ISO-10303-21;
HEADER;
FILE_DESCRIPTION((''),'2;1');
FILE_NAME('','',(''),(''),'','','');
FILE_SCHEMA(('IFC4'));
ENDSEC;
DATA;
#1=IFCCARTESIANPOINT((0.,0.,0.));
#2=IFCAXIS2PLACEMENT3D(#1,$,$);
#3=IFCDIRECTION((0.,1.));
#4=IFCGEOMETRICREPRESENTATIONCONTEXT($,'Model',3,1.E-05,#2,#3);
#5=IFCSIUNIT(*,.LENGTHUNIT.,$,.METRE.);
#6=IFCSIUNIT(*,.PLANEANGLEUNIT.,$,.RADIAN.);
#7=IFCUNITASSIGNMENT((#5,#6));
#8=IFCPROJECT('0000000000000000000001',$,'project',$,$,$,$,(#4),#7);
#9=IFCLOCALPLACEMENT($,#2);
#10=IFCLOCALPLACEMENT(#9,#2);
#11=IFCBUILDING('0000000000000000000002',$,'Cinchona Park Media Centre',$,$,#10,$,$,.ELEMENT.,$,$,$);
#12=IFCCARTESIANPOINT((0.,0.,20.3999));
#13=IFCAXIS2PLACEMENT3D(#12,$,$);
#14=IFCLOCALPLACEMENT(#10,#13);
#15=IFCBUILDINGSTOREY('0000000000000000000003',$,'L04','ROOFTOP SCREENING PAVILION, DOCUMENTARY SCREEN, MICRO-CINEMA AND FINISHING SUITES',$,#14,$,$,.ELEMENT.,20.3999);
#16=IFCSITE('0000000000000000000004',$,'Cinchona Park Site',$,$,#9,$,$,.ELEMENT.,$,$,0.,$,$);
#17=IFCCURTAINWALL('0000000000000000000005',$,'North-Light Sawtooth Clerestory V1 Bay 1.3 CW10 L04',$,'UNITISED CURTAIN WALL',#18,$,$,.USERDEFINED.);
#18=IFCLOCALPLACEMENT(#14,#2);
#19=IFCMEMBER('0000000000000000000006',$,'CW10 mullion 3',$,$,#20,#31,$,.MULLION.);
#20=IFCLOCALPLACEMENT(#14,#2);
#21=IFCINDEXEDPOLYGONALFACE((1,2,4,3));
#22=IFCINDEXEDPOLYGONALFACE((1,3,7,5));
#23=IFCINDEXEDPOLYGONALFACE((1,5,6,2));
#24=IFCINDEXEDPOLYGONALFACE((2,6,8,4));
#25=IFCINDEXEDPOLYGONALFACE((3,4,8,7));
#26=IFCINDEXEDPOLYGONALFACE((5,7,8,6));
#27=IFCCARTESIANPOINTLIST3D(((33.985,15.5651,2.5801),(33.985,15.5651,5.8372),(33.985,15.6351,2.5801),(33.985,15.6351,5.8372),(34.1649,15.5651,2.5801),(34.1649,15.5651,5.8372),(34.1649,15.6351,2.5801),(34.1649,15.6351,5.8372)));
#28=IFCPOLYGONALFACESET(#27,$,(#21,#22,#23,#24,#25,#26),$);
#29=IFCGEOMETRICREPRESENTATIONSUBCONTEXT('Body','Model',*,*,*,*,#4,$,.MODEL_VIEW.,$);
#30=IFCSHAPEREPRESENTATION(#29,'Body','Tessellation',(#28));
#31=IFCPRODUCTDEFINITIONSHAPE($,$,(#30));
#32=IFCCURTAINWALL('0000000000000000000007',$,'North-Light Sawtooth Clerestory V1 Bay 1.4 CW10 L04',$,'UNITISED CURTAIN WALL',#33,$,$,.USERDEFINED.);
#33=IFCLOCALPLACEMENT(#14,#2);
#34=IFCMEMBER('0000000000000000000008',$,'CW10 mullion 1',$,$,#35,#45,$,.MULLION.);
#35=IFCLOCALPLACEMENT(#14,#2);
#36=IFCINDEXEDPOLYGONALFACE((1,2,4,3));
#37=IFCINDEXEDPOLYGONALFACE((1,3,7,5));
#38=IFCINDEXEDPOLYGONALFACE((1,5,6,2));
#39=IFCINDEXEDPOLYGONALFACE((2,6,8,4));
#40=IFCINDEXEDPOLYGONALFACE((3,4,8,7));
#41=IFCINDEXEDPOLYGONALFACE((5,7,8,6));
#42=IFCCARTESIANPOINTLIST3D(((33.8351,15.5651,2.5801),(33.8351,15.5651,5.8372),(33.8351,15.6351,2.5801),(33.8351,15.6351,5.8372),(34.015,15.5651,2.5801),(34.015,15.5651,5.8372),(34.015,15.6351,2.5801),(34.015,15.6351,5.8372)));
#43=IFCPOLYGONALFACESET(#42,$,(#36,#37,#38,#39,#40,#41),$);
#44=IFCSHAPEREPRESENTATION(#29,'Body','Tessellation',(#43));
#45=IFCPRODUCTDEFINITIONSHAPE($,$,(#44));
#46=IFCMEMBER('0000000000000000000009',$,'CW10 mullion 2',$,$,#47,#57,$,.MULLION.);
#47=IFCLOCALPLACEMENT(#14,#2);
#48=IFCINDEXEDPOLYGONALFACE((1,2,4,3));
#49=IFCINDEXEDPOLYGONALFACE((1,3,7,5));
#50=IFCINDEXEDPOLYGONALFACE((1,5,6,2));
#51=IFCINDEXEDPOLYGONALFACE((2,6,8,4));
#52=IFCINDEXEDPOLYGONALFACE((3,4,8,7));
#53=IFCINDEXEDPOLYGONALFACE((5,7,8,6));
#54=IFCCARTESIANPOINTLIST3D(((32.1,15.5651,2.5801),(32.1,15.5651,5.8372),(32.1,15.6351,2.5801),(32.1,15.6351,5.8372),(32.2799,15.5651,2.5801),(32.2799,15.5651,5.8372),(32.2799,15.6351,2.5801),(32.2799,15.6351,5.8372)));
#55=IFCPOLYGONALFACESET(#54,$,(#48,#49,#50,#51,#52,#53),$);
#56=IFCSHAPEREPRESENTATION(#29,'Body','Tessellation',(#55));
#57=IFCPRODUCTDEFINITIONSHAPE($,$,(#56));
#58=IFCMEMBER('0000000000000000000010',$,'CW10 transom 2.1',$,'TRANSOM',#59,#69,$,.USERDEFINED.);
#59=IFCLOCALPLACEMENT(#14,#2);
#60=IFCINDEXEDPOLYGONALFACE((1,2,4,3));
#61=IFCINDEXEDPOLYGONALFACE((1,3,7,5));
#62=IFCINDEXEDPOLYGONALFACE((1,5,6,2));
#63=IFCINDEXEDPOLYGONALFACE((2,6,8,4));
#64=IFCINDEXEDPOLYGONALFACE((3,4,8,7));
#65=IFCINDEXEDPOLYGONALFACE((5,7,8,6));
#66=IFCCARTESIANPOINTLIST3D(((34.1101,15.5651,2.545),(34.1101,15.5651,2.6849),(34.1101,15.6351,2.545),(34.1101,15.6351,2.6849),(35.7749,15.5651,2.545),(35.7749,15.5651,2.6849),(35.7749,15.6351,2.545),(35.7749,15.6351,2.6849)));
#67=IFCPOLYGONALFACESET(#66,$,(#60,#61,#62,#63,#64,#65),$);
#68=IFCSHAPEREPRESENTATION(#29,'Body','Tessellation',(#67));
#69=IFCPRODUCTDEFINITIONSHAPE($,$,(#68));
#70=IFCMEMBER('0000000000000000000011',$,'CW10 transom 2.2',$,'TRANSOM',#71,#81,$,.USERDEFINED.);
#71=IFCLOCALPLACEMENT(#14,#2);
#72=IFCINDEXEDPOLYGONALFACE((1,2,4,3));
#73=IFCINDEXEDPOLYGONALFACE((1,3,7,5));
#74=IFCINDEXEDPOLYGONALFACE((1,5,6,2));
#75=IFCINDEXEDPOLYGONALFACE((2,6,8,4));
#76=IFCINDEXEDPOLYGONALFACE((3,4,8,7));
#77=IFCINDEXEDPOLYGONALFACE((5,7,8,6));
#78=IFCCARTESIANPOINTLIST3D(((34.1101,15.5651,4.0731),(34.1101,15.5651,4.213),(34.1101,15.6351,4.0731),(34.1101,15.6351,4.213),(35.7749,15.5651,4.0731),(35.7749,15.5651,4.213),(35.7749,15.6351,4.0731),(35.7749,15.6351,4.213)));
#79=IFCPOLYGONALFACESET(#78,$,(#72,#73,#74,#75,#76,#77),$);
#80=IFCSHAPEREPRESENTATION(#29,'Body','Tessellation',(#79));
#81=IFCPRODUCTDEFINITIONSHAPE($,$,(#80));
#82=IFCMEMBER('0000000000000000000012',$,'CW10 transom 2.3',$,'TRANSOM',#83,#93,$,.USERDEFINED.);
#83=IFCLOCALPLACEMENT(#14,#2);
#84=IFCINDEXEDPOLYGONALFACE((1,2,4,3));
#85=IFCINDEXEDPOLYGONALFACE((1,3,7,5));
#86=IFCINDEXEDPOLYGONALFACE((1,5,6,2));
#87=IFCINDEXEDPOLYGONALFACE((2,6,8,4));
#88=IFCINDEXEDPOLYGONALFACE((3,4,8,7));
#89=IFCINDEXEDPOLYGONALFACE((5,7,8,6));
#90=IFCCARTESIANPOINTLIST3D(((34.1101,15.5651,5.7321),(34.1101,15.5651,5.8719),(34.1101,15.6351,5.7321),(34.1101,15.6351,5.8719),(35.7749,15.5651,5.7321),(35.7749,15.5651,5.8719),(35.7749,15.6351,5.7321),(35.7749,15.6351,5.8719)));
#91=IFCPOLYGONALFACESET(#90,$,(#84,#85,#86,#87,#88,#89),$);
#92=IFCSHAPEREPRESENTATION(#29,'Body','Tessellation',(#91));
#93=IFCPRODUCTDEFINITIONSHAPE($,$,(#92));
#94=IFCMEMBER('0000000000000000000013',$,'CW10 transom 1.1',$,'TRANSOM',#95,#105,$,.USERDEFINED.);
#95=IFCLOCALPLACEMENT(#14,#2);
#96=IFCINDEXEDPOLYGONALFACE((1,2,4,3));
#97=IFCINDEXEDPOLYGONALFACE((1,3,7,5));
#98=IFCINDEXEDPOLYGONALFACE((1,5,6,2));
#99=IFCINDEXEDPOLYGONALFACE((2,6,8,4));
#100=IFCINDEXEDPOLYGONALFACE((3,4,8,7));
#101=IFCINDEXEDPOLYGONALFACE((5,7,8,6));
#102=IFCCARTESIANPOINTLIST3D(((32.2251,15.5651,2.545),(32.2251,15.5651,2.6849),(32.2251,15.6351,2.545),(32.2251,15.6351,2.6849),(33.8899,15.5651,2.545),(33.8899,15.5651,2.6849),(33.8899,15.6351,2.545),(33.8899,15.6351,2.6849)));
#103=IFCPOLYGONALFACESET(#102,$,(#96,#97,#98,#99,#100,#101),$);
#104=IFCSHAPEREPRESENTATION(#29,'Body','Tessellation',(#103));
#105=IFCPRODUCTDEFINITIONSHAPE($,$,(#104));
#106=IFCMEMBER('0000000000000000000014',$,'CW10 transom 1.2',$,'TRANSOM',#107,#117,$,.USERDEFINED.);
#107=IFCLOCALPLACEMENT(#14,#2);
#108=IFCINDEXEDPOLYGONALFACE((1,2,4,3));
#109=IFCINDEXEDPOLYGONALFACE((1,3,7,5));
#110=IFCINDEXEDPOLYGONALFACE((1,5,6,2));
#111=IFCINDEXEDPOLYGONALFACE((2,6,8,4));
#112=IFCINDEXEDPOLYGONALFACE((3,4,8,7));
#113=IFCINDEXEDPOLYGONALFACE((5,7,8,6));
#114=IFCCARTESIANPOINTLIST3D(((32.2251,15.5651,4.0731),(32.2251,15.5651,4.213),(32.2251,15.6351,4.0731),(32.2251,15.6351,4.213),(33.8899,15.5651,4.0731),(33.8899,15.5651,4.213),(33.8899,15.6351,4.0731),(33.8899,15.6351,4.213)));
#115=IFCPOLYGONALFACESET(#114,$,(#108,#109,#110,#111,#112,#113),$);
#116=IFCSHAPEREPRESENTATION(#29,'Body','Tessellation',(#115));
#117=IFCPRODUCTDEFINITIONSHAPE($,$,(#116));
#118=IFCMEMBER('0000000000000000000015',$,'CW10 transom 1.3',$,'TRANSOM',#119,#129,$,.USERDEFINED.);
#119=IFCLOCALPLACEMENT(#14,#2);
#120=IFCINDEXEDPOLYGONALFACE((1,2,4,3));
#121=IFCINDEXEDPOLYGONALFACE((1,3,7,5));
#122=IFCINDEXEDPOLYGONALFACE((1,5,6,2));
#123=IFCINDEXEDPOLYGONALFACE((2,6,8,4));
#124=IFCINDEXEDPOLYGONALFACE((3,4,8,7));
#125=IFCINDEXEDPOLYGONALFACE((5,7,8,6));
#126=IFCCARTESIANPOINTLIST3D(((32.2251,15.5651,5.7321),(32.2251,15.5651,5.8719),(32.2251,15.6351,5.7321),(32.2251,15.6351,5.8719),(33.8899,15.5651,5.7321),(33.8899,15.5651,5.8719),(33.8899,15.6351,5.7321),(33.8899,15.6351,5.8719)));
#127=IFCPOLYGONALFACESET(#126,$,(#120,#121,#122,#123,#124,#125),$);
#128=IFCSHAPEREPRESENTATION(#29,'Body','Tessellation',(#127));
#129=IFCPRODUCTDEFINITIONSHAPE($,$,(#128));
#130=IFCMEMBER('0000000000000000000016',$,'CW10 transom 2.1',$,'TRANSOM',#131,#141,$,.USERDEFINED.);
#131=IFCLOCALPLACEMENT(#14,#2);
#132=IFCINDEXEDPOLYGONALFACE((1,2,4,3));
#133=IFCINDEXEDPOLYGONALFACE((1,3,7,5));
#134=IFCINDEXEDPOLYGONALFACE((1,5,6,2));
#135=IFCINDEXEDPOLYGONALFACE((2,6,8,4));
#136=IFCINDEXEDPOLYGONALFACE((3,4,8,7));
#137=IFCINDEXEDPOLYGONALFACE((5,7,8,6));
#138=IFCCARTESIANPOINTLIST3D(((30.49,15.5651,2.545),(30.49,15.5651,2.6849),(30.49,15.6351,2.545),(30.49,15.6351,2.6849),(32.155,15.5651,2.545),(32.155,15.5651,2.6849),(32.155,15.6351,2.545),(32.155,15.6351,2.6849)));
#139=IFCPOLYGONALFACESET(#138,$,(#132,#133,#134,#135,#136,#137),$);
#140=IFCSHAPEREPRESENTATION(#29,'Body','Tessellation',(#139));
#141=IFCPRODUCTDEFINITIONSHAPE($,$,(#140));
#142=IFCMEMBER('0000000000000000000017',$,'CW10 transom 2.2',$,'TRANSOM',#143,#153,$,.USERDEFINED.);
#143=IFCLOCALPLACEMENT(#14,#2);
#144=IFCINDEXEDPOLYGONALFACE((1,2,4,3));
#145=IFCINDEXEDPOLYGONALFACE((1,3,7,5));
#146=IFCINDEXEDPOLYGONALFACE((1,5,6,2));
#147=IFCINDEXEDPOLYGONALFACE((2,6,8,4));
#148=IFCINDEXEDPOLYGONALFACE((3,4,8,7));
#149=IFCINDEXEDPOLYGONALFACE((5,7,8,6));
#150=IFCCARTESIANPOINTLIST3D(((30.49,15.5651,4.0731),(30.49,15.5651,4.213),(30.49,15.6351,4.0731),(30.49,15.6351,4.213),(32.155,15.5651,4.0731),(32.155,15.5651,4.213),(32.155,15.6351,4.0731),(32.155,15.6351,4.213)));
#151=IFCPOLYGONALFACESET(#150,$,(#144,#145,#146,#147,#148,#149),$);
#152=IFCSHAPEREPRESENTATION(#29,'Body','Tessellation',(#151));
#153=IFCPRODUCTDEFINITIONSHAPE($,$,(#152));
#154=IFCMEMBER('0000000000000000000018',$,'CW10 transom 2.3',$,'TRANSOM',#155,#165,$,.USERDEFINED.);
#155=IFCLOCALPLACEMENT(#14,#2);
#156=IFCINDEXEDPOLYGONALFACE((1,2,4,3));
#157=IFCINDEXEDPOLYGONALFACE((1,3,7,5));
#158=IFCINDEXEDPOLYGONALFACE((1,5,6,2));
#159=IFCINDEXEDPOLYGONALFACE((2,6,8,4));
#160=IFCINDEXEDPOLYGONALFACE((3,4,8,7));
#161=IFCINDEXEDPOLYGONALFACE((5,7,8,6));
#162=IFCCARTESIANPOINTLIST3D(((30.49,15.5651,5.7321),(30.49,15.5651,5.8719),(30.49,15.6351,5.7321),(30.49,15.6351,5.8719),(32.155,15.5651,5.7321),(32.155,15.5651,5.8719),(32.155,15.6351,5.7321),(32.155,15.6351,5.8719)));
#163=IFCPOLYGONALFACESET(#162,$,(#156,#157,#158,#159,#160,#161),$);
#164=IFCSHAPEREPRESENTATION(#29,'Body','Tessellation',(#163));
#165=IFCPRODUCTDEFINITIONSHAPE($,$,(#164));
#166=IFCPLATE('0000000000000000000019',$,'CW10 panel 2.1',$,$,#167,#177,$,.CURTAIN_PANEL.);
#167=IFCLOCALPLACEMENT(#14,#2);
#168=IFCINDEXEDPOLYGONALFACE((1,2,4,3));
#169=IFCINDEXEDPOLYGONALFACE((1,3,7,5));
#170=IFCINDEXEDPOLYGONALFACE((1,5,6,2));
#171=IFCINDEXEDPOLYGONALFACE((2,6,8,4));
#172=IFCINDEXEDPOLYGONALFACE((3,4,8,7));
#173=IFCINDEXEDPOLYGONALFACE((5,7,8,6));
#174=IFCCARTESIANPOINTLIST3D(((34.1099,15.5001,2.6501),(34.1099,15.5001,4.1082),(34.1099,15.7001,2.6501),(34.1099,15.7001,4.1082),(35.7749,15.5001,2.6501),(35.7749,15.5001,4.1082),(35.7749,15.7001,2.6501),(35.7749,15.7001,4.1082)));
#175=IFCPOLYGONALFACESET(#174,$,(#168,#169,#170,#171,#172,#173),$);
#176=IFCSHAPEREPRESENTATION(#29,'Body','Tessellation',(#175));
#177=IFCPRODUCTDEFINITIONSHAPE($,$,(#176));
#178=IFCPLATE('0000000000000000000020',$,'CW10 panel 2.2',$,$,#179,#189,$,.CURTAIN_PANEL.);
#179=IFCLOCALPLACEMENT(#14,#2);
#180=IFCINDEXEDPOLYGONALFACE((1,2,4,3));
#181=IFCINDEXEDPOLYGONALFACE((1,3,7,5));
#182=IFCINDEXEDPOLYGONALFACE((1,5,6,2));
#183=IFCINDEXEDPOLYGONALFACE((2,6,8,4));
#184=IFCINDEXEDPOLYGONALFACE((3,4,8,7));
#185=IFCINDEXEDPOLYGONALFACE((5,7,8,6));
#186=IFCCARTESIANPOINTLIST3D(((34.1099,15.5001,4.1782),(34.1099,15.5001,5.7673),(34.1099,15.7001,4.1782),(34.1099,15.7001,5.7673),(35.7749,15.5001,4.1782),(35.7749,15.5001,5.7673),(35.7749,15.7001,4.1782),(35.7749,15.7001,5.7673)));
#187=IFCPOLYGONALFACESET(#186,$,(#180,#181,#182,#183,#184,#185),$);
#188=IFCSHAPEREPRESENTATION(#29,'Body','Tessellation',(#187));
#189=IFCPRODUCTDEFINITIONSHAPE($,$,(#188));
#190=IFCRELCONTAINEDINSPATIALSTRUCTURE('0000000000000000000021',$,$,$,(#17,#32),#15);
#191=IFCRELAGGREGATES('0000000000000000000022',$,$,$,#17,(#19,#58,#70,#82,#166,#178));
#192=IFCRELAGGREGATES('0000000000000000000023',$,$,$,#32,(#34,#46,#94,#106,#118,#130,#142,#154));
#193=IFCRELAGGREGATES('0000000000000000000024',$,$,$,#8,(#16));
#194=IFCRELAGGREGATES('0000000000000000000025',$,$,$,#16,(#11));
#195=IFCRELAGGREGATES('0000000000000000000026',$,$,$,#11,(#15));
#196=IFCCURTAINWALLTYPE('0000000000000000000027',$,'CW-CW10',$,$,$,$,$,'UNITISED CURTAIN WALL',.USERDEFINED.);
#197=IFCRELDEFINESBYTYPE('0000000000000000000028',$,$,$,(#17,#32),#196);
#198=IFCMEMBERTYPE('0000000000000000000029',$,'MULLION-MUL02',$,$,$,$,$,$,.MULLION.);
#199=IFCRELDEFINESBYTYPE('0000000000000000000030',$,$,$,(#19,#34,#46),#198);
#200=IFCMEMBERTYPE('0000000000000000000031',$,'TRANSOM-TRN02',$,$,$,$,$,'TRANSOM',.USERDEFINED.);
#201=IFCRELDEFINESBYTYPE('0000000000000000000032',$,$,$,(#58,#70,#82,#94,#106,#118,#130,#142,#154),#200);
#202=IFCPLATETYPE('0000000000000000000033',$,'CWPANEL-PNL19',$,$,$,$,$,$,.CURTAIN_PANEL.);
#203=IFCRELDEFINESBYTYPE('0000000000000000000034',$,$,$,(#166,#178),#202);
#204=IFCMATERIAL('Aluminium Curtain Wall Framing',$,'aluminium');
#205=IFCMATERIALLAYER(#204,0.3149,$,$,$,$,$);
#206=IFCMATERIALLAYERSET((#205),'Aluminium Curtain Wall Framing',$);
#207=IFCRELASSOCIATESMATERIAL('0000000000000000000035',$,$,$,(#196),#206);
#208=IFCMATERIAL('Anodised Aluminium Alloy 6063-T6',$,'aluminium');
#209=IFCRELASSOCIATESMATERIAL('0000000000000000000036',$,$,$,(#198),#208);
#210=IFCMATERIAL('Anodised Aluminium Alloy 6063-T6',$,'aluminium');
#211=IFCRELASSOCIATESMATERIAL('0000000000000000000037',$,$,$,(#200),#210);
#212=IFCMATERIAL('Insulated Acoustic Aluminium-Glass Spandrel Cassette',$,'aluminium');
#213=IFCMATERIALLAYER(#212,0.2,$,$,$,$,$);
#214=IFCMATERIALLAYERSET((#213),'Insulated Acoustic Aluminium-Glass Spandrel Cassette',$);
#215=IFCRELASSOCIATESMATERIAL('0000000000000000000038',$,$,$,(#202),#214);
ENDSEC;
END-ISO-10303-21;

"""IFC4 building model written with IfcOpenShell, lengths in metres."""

from ifc_helpers import new_model, si_unit, direction, frame, origin, origin_2d, place, context, subcontext, project, spatial, rectangle, extrude, material, layer, layer_set, material_profile, profile_set, type_object, element, aggregate, save


model = new_model("IFC4")

# Units and contexts
model_context = context("Model", 3, precision=1e-05, world=origin(), true_north=direction((0.0, 1.0)))
body_context = subcontext(model_context, "Body", "Model", "MODEL_VIEW")
ifc_project = project(units=[si_unit("LENGTHUNIT", "METRE"), si_unit("PLANEANGLEUNIT", "RADIAN")], contexts=[model_context])

# Site, building, storey
site_placement = place(None, origin())
site = spatial("IfcSite", under=ifc_project, at=site_placement, Name="Cinchona Park Site", CompositionType="ELEMENT", RefElevation=0.0)
building_placement = place(site_placement, origin())
building = spatial("IfcBuilding", under=site, at=building_placement, Name="Cinchona Park Media Centre", CompositionType="ELEMENT")
storey_placement = place(building_placement, frame((0.0, 0.0, 20.3999)))
storey = spatial("IfcBuildingStorey", under=building, at=storey_placement, Name="L04", Description="ROOFTOP SCREENING PAVILION, DOCUMENTARY SCREEN, MICRO-CINEMA AND FINISHING SUITES", CompositionType="ELEMENT", Elevation=20.3999)

# Curtain wall, member
ifc_material_1 = material(Name="Aluminium Curtain Wall Framing", Category="aluminium")
ifc_layer_1 = layer(ifc_material_1, 0.3149)
ifc_layer_set_1 = layer_set([ifc_layer_1], Name="Aluminium Curtain Wall Framing")
curtain_wall_type = type_object("IfcCurtainWallType", Name="CW-CW10", ElementType="UNITISED CURTAIN WALL", PredefinedType="USERDEFINED", material=ifc_layer_set_1)
curtain_wall_1_placement = place(storey_placement, origin())
curtain_wall_1 = element("IfcCurtainWall", 1, at=curtain_wall_1_placement, inside=storey, type_object=curtain_wall_type, Name="North-Light Sawtooth Clerestory V1 Bay 1.3 CW10 L04", ObjectType="UNITISED CURTAIN WALL", PredefinedType="USERDEFINED")
ifc_material_2 = material(Name="Anodised Aluminium Alloy 6063-T6", Category="aluminium")
ifc_material_profile_1 = material_profile(ifc_material_2, rectangle(XDim=0.0701, YDim=0.1799, at=origin_2d()), Name="MUL-70X180")
ifc_profile_set_1 = profile_set([ifc_material_profile_1], Name="Anodised Aluminium Alloy 6063-T6")
member_type_1 = type_object("IfcMemberType", Name="MULLION-MUL02", PredefinedType="MULLION", material=ifc_profile_set_1)
member_1_placement = place(storey_placement, frame((34.075, 15.6001, 2.5801), z_axis=(0.0, 0.0, 1.0), x_axis=(0.0, -1.0, 0.0)))
member_1 = element("IfcMember", 2, at=member_1_placement, type_object=member_type_1, Name="CW10 mullion 3", PredefinedType="MULLION", context=body_context, shape_type="SweptSolid", body=[
    extrude(rectangle(XDim=0.0701, YDim=0.1799, at=origin_2d()), origin(), (0.0, 0.0, 1.0), 3.2571),
])

# Curtain wall, members
curtain_wall_2_placement = place(storey_placement, origin())
curtain_wall_2 = element("IfcCurtainWall", 3, at=curtain_wall_2_placement, inside=storey, type_object=curtain_wall_type, Name="North-Light Sawtooth Clerestory V1 Bay 1.4 CW10 L04", ObjectType="UNITISED CURTAIN WALL", PredefinedType="USERDEFINED")
member_2_placement = place(storey_placement, frame((33.925, 15.6001, 2.5801), z_axis=(0.0, 0.0, 1.0), x_axis=(0.0, -1.0, 0.0)))
member_2 = element("IfcMember", 4, at=member_2_placement, type_object=member_type_1, Name="CW10 mullion 1", PredefinedType="MULLION", context=body_context, shape_type="SweptSolid", body=[
    extrude(rectangle(XDim=0.0701, YDim=0.1799, at=origin_2d()), origin(), (0.0, 0.0, 1.0), 3.2571),
])
member_3_placement = place(storey_placement, frame((32.1899, 15.6001, 2.5801), z_axis=(0.0, 0.0, 1.0), x_axis=(0.0, -1.0, 0.0)))
member_3 = element("IfcMember", 5, at=member_3_placement, type_object=member_type_1, Name="CW10 mullion 2", PredefinedType="MULLION", context=body_context, shape_type="SweptSolid", body=[
    extrude(rectangle(XDim=0.0701, YDim=0.1799, at=origin_2d()), origin(), (0.0, 0.0, 1.0), 3.2571),
])

# Members
ifc_material_3 = material(Name="Anodised Aluminium Alloy 6063-T6", Category="aluminium")
ifc_material_profile_2 = material_profile(ifc_material_3, rectangle(XDim=0.0701, YDim=0.1399, at=origin_2d()), Name="TRN-70X140")
ifc_profile_set_2 = profile_set([ifc_material_profile_2], Name="Anodised Aluminium Alloy 6063-T6")
member_type_2 = type_object("IfcMemberType", Name="TRANSOM-TRN02", ElementType="TRANSOM", PredefinedType="USERDEFINED", material=ifc_profile_set_2)
member_4_placement = place(storey_placement, frame((35.7749, 15.6001, 2.615), z_axis=(-1.0, 0.0, 0.0), x_axis=(0.0, -1.0, 0.0)))
member_4 = element("IfcMember", 6, at=member_4_placement, type_object=member_type_2, Name="CW10 transom 2.1", ObjectType="TRANSOM", PredefinedType="USERDEFINED", context=body_context, shape_type="SweptSolid", body=[
    extrude(rectangle(XDim=0.0701, YDim=0.1399, at=origin_2d()), origin(), (0.0, 0.0, 1.0), 1.6648),
])
member_5_placement = place(storey_placement, frame((35.7749, 15.6001, 4.1431), z_axis=(-1.0, 0.0, 0.0), x_axis=(0.0, -1.0, 0.0)))
member_5 = element("IfcMember", 7, at=member_5_placement, type_object=member_type_2, Name="CW10 transom 2.2", ObjectType="TRANSOM", PredefinedType="USERDEFINED", context=body_context, shape_type="SweptSolid", body=[
    extrude(rectangle(XDim=0.0701, YDim=0.1399, at=origin_2d()), origin(), (0.0, 0.0, 1.0), 1.6648),
])
member_6_placement = place(storey_placement, frame((35.7749, 15.6001, 5.802), z_axis=(-1.0, 0.0, 0.0), x_axis=(0.0, -1.0, 0.0)))
member_6 = element("IfcMember", 8, at=member_6_placement, type_object=member_type_2, Name="CW10 transom 2.3", ObjectType="TRANSOM", PredefinedType="USERDEFINED", context=body_context, shape_type="SweptSolid", body=[
    extrude(rectangle(XDim=0.0701, YDim=0.1399, at=origin_2d()), origin(), (0.0, 0.0, 1.0), 1.6648),
])
member_7_placement = place(storey_placement, frame((33.8899, 15.6001, 2.615), z_axis=(-1.0, 0.0, 0.0), x_axis=(0.0, -1.0, 0.0)))
member_7 = element("IfcMember", 9, at=member_7_placement, type_object=member_type_2, Name="CW10 transom 1.1", ObjectType="TRANSOM", PredefinedType="USERDEFINED", context=body_context, shape_type="SweptSolid", body=[
    extrude(rectangle(XDim=0.0701, YDim=0.1399, at=origin_2d()), origin(), (0.0, 0.0, 1.0), 1.6648),
])
member_8_placement = place(storey_placement, frame((33.8899, 15.6001, 4.1431), z_axis=(-1.0, 0.0, 0.0), x_axis=(0.0, -1.0, 0.0)))
member_8 = element("IfcMember", 10, at=member_8_placement, type_object=member_type_2, Name="CW10 transom 1.2", ObjectType="TRANSOM", PredefinedType="USERDEFINED", context=body_context, shape_type="SweptSolid", body=[
    extrude(rectangle(XDim=0.0701, YDim=0.1399, at=origin_2d()), origin(), (0.0, 0.0, 1.0), 1.6648),
])
member_9_placement = place(storey_placement, frame((33.8899, 15.6001, 5.802), z_axis=(-1.0, 0.0, 0.0), x_axis=(0.0, -1.0, 0.0)))
member_9 = element("IfcMember", 11, at=member_9_placement, type_object=member_type_2, Name="CW10 transom 1.3", ObjectType="TRANSOM", PredefinedType="USERDEFINED", context=body_context, shape_type="SweptSolid", body=[
    extrude(rectangle(XDim=0.0701, YDim=0.1399, at=origin_2d()), origin(), (0.0, 0.0, 1.0), 1.6648),
])
member_10_placement = place(storey_placement, frame((32.155, 15.6001, 2.615), z_axis=(-1.0, 0.0, 0.0), x_axis=(0.0, -1.0, 0.0)))
member_10 = element("IfcMember", 12, at=member_10_placement, type_object=member_type_2, Name="CW10 transom 2.1", ObjectType="TRANSOM", PredefinedType="USERDEFINED", context=body_context, shape_type="SweptSolid", body=[
    extrude(rectangle(XDim=0.0701, YDim=0.1399, at=origin_2d()), origin(), (0.0, 0.0, 1.0), 1.665),
])
member_11_placement = place(storey_placement, frame((32.155, 15.6001, 4.1431), z_axis=(-1.0, 0.0, 0.0), x_axis=(0.0, -1.0, 0.0)))
member_11 = element("IfcMember", 13, at=member_11_placement, type_object=member_type_2, Name="CW10 transom 2.2", ObjectType="TRANSOM", PredefinedType="USERDEFINED", context=body_context, shape_type="SweptSolid", body=[
    extrude(rectangle(XDim=0.0701, YDim=0.1399, at=origin_2d()), origin(), (0.0, 0.0, 1.0), 1.665),
])
member_12_placement = place(storey_placement, frame((32.155, 15.6001, 5.802), z_axis=(-1.0, 0.0, 0.0), x_axis=(0.0, -1.0, 0.0)))
member_12 = element("IfcMember", 14, at=member_12_placement, type_object=member_type_2, Name="CW10 transom 2.3", ObjectType="TRANSOM", PredefinedType="USERDEFINED", context=body_context, shape_type="SweptSolid", body=[
    extrude(rectangle(XDim=0.0701, YDim=0.1399, at=origin_2d()), origin(), (0.0, 0.0, 1.0), 1.665),
])

# Plates
ifc_material_4 = material(Name="Insulated Acoustic Aluminium-Glass Spandrel Cassette", Category="aluminium")
ifc_layer_2 = layer(ifc_material_4, 0.2)
ifc_layer_set_2 = layer_set([ifc_layer_2], Name="Insulated Acoustic Aluminium-Glass Spandrel Cassette")
plate_type_1 = type_object("IfcPlateType", Name="CWPANEL-PNL19", PredefinedType="CURTAIN_PANEL", material=ifc_layer_set_2)
plate_1_placement = place(storey_placement, frame((34.9424, 15.6001, 2.6501), z_axis=(0.0, 0.0, 1.0), x_axis=(-1.0, 0.0, 0.0)))
plate_1 = element("IfcPlate", 15, at=plate_1_placement, type_object=plate_type_1, Name="CW10 panel 2.1", PredefinedType="CURTAIN_PANEL", context=body_context, shape_type="SweptSolid", body=[
    extrude(rectangle(XDim=1.665, YDim=0.2, at=origin_2d()), origin(), (0.0, 0.0, 1.0), 1.458),
])
plate_2_placement = place(storey_placement, frame((34.9424, 15.6001, 4.1782), z_axis=(0.0, 0.0, 1.0), x_axis=(-1.0, 0.0, 0.0)))
plate_2 = element("IfcPlate", 16, at=plate_2_placement, type_object=plate_type_1, Name="CW10 panel 2.2", PredefinedType="CURTAIN_PANEL", context=body_context, shape_type="SweptSolid", body=[
    extrude(rectangle(XDim=1.665, YDim=0.2, at=origin_2d()), origin(), (0.0, 0.0, 1.0), 1.5891),
])
aggregate(curtain_wall_1, [member_1, member_4, member_5, member_6, plate_1, plate_2])
aggregate(curtain_wall_2, [member_2, member_3, member_7, member_8, member_9, member_10, member_11, member_12])

save(model, "model.ifc")
